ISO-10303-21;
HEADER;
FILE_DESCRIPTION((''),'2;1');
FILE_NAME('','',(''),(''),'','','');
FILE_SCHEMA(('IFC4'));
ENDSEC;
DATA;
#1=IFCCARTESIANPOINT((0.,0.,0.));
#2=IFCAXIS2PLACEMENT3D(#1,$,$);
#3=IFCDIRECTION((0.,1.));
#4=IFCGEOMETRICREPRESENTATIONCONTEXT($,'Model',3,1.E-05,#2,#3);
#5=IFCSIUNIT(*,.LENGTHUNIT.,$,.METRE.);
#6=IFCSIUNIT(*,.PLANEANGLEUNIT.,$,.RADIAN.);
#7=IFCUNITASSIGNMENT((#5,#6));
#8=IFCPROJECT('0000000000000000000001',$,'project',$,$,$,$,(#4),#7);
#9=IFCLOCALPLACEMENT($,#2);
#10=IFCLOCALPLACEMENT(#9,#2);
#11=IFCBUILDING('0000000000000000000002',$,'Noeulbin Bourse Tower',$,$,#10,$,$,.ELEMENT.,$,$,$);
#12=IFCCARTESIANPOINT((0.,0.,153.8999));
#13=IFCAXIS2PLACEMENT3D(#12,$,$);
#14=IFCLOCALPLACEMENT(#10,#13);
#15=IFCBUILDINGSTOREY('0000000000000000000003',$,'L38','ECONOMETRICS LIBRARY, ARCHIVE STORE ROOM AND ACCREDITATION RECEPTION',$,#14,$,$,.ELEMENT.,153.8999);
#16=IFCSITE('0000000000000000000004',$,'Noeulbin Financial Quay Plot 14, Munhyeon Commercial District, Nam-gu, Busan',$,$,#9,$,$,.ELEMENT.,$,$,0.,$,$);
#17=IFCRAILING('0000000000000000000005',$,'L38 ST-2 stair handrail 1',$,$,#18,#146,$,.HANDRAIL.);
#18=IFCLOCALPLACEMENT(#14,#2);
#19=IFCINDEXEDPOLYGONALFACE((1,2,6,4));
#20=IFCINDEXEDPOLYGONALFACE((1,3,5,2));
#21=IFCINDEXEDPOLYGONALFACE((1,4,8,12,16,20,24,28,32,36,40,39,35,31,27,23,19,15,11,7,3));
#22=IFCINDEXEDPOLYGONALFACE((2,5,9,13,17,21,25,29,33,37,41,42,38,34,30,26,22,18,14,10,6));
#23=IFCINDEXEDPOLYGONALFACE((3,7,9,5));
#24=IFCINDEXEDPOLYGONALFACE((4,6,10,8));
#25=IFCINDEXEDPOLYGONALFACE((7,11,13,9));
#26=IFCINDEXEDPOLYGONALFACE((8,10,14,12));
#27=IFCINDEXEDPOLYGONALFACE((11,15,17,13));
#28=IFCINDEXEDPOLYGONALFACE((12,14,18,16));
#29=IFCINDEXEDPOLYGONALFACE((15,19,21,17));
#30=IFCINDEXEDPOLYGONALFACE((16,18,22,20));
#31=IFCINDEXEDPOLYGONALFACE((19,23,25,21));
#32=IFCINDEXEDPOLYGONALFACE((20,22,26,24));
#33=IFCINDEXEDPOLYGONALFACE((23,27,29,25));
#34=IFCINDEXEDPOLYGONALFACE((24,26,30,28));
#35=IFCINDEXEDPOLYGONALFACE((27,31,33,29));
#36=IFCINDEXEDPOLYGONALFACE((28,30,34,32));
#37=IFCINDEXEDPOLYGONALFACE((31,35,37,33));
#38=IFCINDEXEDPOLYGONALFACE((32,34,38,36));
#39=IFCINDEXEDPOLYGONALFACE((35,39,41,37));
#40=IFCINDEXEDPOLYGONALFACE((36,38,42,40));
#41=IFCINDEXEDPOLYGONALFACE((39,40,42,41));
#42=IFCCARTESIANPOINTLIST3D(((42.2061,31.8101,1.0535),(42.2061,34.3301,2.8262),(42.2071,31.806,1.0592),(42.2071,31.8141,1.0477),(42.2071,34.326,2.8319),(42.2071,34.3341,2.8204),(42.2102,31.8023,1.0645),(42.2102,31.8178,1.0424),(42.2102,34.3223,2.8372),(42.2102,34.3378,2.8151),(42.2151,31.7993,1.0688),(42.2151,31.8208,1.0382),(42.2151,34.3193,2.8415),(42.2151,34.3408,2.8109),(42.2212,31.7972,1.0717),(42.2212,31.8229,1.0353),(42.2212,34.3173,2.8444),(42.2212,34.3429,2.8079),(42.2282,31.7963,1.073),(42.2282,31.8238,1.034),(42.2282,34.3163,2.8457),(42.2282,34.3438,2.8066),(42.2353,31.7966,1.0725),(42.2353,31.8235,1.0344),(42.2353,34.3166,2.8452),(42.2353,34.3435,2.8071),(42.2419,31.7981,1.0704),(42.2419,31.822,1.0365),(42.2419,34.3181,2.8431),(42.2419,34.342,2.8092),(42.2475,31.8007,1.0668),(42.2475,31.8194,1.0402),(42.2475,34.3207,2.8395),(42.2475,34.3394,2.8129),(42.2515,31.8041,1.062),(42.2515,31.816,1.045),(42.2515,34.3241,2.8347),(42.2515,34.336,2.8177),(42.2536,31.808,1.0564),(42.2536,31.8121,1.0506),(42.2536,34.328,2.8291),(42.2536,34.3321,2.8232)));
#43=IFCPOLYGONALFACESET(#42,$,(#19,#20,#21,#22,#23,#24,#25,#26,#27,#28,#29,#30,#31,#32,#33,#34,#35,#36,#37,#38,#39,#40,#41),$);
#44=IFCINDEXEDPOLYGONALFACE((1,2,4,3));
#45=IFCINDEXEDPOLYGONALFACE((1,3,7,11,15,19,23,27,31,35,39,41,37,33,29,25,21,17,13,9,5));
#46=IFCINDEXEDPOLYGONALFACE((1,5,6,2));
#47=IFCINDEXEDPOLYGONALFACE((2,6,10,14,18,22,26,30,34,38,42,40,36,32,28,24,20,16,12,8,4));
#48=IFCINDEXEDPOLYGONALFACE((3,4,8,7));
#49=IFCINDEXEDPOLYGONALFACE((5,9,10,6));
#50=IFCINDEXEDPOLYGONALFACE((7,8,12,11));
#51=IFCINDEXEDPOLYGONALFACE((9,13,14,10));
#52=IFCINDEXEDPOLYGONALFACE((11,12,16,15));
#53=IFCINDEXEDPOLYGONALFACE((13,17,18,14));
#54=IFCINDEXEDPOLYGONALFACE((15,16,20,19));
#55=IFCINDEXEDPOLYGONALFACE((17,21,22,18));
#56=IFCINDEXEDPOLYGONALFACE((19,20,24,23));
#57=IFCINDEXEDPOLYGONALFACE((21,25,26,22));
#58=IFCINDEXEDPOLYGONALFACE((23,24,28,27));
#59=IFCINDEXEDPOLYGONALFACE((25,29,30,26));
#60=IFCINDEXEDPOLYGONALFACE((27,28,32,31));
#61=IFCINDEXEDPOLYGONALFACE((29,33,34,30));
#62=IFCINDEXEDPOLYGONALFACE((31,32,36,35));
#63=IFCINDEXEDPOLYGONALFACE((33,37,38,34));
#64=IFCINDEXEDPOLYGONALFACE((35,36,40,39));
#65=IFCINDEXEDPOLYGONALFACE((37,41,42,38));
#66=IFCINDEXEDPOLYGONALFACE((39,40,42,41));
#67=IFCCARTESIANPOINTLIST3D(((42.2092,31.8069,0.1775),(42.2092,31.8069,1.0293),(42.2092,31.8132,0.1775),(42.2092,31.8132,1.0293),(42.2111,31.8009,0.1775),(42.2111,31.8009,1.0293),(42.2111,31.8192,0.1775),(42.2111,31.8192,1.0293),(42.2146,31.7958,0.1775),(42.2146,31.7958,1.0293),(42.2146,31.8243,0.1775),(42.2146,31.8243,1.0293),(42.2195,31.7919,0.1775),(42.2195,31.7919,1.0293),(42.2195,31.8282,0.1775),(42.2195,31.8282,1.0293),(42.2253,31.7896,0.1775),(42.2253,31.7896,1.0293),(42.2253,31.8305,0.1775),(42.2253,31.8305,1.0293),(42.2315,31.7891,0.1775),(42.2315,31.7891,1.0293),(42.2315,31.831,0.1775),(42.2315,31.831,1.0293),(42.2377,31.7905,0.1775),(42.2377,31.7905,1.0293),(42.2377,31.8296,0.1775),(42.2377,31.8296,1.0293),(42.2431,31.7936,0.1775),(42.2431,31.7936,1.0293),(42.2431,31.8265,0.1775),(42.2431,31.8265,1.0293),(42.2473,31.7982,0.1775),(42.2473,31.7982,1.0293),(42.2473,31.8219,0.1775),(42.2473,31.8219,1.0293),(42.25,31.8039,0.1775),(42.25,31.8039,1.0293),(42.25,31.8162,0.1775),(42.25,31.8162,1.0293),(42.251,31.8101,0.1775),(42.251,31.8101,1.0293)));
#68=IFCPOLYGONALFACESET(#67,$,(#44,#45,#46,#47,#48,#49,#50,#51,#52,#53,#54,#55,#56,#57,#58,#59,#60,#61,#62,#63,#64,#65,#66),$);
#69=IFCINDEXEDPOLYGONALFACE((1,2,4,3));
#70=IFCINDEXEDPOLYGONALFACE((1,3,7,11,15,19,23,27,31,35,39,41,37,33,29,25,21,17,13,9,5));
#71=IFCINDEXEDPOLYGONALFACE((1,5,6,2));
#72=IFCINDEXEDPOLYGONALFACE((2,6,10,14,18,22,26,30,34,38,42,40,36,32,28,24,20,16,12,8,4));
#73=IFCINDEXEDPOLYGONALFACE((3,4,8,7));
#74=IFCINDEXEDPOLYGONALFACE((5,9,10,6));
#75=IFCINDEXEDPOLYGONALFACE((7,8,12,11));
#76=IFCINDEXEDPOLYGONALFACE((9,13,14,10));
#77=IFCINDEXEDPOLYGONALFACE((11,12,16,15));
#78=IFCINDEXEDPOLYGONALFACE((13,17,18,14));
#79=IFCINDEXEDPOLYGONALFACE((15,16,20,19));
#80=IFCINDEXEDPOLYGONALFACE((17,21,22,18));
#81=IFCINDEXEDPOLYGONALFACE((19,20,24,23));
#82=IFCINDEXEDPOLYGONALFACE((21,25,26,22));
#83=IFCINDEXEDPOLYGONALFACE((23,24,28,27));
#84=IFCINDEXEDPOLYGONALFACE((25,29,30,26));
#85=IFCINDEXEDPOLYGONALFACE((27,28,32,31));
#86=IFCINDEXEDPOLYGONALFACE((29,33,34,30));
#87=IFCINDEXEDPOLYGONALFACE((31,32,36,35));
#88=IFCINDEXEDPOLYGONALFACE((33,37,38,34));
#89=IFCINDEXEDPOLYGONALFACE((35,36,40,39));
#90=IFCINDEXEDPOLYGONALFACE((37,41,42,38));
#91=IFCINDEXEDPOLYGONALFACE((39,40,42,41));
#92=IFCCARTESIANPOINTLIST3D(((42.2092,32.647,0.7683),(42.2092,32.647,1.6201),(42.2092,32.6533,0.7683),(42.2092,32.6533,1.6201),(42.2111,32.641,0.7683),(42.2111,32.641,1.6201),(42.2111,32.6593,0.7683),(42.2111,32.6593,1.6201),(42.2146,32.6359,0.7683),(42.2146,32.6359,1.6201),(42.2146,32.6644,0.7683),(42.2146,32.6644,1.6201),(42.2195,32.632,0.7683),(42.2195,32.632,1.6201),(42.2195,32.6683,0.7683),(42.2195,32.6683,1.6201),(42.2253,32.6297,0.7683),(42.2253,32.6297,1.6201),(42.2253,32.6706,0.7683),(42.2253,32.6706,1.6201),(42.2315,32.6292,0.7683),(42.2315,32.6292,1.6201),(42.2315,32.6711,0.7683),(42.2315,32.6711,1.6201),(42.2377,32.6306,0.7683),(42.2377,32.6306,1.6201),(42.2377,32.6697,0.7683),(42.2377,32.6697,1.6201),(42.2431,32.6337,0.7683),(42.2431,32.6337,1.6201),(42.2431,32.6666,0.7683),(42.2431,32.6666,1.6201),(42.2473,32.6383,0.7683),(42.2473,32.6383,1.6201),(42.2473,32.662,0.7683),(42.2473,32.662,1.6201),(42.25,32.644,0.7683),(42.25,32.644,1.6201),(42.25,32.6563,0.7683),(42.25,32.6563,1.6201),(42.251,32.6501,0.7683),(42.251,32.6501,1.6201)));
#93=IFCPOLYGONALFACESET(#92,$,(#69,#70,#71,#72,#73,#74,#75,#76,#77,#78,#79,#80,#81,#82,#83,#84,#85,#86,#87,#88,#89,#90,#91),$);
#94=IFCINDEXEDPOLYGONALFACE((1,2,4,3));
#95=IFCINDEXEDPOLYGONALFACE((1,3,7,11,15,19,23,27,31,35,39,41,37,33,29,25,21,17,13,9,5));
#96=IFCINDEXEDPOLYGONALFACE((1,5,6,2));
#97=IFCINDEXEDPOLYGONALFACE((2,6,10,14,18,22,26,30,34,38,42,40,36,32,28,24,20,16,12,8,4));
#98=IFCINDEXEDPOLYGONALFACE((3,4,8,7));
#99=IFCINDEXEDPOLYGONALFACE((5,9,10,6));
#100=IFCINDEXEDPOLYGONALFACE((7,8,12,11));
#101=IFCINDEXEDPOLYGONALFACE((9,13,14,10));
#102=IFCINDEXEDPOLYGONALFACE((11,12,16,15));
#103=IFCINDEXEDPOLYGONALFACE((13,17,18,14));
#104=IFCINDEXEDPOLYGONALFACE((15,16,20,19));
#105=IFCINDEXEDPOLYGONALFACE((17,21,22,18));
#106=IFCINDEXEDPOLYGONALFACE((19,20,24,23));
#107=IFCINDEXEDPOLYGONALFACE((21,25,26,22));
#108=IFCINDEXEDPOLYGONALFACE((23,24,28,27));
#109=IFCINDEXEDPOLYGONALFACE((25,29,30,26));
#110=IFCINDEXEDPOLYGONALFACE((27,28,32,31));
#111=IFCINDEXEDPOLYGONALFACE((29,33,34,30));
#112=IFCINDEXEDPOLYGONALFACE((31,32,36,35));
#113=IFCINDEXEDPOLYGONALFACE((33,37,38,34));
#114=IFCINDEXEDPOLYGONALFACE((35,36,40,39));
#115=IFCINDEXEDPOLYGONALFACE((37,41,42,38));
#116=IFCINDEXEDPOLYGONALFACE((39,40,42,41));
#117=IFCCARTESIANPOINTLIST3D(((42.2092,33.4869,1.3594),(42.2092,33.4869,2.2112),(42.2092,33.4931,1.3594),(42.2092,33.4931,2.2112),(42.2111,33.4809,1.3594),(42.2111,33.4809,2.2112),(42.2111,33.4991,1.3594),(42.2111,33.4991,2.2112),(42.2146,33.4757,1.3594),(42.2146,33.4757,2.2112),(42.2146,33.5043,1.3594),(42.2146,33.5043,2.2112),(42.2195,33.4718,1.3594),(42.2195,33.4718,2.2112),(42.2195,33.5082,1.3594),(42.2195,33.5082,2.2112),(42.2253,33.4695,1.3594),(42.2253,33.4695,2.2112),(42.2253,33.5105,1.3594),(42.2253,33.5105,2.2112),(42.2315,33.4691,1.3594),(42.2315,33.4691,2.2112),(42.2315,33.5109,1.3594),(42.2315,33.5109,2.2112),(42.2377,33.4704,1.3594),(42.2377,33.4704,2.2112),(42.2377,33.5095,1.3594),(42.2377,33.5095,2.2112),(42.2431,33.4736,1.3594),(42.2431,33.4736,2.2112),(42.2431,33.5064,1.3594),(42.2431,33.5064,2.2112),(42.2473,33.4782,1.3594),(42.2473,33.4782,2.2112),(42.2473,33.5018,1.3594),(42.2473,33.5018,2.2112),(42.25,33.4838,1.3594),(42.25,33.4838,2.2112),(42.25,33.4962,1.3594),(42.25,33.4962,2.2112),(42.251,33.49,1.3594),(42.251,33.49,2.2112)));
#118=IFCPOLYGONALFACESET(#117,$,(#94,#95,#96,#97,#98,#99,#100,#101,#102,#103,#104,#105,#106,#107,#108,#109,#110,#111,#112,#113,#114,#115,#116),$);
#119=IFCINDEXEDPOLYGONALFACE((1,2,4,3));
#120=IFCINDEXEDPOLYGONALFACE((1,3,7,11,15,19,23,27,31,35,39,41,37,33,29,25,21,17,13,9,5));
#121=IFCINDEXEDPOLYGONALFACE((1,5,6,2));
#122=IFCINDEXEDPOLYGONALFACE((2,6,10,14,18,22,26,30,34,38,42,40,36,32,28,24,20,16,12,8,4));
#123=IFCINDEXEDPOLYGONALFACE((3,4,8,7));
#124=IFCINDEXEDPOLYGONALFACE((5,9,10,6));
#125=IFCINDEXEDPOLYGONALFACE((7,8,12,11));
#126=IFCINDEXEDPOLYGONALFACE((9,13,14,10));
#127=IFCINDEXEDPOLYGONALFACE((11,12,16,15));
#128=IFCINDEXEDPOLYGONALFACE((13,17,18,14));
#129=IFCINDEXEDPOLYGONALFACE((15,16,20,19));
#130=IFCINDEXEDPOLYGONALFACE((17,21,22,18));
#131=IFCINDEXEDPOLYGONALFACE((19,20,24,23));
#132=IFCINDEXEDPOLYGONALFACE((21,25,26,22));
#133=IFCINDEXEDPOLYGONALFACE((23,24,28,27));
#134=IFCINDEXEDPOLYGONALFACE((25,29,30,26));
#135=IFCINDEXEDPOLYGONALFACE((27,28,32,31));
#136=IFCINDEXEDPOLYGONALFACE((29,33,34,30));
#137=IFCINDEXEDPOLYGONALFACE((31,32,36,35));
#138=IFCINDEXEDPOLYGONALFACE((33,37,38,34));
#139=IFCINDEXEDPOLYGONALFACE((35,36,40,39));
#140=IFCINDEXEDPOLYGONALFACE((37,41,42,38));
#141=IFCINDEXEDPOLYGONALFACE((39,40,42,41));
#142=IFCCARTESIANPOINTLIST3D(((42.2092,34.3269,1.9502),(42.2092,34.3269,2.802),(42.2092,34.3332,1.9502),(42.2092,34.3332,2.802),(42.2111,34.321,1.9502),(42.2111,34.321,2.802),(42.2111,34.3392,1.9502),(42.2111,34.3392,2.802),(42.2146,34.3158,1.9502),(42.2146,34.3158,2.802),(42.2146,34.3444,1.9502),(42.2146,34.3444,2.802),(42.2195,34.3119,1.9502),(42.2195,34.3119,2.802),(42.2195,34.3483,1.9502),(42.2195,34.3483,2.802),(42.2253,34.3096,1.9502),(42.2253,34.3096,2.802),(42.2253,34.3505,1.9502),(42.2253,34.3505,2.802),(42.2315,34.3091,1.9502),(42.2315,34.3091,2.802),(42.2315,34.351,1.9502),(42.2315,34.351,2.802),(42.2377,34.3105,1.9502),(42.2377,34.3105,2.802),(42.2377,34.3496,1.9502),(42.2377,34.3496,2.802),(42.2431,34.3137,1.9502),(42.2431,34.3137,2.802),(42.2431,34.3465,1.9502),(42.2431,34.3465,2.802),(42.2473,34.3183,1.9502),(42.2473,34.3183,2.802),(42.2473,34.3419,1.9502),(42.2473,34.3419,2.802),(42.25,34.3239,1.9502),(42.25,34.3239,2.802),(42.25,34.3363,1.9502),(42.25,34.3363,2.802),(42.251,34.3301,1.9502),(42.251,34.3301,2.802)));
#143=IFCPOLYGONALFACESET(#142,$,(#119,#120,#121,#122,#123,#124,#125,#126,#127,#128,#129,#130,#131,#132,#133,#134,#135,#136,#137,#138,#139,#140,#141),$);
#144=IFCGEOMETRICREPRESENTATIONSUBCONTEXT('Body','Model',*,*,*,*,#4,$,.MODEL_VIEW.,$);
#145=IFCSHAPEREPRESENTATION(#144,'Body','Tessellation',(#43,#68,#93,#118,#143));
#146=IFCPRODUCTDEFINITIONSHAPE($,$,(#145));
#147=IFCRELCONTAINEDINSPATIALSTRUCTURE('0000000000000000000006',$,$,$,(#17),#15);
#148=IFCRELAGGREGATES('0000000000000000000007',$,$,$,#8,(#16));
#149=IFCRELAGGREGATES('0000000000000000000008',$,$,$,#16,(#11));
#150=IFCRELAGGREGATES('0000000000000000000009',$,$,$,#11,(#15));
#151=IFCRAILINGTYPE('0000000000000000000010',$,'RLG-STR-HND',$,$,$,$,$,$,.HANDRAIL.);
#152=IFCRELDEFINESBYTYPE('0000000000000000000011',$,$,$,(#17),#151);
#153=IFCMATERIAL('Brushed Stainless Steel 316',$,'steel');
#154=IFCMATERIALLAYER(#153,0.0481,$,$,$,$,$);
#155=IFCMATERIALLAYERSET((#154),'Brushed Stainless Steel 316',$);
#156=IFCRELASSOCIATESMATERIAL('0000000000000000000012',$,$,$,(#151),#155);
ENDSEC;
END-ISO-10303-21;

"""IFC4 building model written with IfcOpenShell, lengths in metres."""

from ifc_helpers import new_model, si_unit, direction, frame, origin, origin_2d, place, context, subcontext, project, spatial, circle, extrude, material, layer, layer_set, type_object, element, save


model = new_model("IFC4")

# Units and contexts
model_context = context("Model", 3, precision=1e-05, world=origin(), true_north=direction((0.0, 1.0)))
body_context = subcontext(model_context, "Body", "Model", "MODEL_VIEW")
ifc_project = project(units=[si_unit("LENGTHUNIT", "METRE"), si_unit("PLANEANGLEUNIT", "RADIAN")], contexts=[model_context])

# Site, building, storey
site_placement = place(None, origin())
site = spatial("IfcSite", under=ifc_project, at=site_placement, Name="Noeulbin Financial Quay Plot 14, Munhyeon Commercial District, Nam-gu, Busan", CompositionType="ELEMENT", RefElevation=0.0)
building_placement = place(site_placement, origin())
building = spatial("IfcBuilding", under=site, at=building_placement, Name="Noeulbin Bourse Tower", CompositionType="ELEMENT")
storey_placement = place(building_placement, frame((0.0, 0.0, 153.8999)))
storey = spatial("IfcBuildingStorey", under=building, at=storey_placement, Name="L38", Description="ECONOMETRICS LIBRARY, ARCHIVE STORE ROOM AND ACCREDITATION RECEPTION", CompositionType="ELEMENT", Elevation=153.8999)

# Railing
ifc_material_1 = material(Name="Brushed Stainless Steel 316", Category="steel")
ifc_layer_1 = layer(ifc_material_1, 0.0481)
ifc_layer_set_1 = layer_set([ifc_layer_1], Name="Brushed Stainless Steel 316")
railing_type_1 = type_object("IfcRailingType", Name="RLG-STR-HND", PredefinedType="HANDRAIL", material=ifc_layer_set_1)
railing_1_placement = place(storey_placement, frame((42.23, 31.8101, 0.1775)))
element("IfcRailing", 1, at=railing_1_placement, inside=storey, type_object=railing_type_1, Name="L38 ST-2 stair handrail 1", PredefinedType="HANDRAIL", context=body_context, shape_type="SweptSolid", body=[
    extrude(circle(Radius=0.0239, at=origin_2d()), frame((0.0, 0.0, 0.876), z_axis=(0.0, 0.817904, 0.575354), x_axis=(-1.0, 0.0, 0.0)), (0.0, 0.0, 1.0), 3.0811),
    extrude(circle(Radius=0.021, at=origin_2d()), origin(), (0.0, 0.0, 1.0), 0.8518),
    extrude(circle(Radius=0.021, at=origin_2d()), frame((0.0, 0.8401, 0.5908)), (0.0, 0.0, 1.0), 0.8518),
    extrude(circle(Radius=0.021, at=origin_2d()), frame((0.0, 1.6799, 1.1819)), (0.0, 0.0, 1.0), 0.8518),
    extrude(circle(Radius=0.021, at=origin_2d()), frame((0.0, 2.52, 1.7727)), (0.0, 0.0, 1.0), 0.8518),
])

save(model, "model.ifc")
